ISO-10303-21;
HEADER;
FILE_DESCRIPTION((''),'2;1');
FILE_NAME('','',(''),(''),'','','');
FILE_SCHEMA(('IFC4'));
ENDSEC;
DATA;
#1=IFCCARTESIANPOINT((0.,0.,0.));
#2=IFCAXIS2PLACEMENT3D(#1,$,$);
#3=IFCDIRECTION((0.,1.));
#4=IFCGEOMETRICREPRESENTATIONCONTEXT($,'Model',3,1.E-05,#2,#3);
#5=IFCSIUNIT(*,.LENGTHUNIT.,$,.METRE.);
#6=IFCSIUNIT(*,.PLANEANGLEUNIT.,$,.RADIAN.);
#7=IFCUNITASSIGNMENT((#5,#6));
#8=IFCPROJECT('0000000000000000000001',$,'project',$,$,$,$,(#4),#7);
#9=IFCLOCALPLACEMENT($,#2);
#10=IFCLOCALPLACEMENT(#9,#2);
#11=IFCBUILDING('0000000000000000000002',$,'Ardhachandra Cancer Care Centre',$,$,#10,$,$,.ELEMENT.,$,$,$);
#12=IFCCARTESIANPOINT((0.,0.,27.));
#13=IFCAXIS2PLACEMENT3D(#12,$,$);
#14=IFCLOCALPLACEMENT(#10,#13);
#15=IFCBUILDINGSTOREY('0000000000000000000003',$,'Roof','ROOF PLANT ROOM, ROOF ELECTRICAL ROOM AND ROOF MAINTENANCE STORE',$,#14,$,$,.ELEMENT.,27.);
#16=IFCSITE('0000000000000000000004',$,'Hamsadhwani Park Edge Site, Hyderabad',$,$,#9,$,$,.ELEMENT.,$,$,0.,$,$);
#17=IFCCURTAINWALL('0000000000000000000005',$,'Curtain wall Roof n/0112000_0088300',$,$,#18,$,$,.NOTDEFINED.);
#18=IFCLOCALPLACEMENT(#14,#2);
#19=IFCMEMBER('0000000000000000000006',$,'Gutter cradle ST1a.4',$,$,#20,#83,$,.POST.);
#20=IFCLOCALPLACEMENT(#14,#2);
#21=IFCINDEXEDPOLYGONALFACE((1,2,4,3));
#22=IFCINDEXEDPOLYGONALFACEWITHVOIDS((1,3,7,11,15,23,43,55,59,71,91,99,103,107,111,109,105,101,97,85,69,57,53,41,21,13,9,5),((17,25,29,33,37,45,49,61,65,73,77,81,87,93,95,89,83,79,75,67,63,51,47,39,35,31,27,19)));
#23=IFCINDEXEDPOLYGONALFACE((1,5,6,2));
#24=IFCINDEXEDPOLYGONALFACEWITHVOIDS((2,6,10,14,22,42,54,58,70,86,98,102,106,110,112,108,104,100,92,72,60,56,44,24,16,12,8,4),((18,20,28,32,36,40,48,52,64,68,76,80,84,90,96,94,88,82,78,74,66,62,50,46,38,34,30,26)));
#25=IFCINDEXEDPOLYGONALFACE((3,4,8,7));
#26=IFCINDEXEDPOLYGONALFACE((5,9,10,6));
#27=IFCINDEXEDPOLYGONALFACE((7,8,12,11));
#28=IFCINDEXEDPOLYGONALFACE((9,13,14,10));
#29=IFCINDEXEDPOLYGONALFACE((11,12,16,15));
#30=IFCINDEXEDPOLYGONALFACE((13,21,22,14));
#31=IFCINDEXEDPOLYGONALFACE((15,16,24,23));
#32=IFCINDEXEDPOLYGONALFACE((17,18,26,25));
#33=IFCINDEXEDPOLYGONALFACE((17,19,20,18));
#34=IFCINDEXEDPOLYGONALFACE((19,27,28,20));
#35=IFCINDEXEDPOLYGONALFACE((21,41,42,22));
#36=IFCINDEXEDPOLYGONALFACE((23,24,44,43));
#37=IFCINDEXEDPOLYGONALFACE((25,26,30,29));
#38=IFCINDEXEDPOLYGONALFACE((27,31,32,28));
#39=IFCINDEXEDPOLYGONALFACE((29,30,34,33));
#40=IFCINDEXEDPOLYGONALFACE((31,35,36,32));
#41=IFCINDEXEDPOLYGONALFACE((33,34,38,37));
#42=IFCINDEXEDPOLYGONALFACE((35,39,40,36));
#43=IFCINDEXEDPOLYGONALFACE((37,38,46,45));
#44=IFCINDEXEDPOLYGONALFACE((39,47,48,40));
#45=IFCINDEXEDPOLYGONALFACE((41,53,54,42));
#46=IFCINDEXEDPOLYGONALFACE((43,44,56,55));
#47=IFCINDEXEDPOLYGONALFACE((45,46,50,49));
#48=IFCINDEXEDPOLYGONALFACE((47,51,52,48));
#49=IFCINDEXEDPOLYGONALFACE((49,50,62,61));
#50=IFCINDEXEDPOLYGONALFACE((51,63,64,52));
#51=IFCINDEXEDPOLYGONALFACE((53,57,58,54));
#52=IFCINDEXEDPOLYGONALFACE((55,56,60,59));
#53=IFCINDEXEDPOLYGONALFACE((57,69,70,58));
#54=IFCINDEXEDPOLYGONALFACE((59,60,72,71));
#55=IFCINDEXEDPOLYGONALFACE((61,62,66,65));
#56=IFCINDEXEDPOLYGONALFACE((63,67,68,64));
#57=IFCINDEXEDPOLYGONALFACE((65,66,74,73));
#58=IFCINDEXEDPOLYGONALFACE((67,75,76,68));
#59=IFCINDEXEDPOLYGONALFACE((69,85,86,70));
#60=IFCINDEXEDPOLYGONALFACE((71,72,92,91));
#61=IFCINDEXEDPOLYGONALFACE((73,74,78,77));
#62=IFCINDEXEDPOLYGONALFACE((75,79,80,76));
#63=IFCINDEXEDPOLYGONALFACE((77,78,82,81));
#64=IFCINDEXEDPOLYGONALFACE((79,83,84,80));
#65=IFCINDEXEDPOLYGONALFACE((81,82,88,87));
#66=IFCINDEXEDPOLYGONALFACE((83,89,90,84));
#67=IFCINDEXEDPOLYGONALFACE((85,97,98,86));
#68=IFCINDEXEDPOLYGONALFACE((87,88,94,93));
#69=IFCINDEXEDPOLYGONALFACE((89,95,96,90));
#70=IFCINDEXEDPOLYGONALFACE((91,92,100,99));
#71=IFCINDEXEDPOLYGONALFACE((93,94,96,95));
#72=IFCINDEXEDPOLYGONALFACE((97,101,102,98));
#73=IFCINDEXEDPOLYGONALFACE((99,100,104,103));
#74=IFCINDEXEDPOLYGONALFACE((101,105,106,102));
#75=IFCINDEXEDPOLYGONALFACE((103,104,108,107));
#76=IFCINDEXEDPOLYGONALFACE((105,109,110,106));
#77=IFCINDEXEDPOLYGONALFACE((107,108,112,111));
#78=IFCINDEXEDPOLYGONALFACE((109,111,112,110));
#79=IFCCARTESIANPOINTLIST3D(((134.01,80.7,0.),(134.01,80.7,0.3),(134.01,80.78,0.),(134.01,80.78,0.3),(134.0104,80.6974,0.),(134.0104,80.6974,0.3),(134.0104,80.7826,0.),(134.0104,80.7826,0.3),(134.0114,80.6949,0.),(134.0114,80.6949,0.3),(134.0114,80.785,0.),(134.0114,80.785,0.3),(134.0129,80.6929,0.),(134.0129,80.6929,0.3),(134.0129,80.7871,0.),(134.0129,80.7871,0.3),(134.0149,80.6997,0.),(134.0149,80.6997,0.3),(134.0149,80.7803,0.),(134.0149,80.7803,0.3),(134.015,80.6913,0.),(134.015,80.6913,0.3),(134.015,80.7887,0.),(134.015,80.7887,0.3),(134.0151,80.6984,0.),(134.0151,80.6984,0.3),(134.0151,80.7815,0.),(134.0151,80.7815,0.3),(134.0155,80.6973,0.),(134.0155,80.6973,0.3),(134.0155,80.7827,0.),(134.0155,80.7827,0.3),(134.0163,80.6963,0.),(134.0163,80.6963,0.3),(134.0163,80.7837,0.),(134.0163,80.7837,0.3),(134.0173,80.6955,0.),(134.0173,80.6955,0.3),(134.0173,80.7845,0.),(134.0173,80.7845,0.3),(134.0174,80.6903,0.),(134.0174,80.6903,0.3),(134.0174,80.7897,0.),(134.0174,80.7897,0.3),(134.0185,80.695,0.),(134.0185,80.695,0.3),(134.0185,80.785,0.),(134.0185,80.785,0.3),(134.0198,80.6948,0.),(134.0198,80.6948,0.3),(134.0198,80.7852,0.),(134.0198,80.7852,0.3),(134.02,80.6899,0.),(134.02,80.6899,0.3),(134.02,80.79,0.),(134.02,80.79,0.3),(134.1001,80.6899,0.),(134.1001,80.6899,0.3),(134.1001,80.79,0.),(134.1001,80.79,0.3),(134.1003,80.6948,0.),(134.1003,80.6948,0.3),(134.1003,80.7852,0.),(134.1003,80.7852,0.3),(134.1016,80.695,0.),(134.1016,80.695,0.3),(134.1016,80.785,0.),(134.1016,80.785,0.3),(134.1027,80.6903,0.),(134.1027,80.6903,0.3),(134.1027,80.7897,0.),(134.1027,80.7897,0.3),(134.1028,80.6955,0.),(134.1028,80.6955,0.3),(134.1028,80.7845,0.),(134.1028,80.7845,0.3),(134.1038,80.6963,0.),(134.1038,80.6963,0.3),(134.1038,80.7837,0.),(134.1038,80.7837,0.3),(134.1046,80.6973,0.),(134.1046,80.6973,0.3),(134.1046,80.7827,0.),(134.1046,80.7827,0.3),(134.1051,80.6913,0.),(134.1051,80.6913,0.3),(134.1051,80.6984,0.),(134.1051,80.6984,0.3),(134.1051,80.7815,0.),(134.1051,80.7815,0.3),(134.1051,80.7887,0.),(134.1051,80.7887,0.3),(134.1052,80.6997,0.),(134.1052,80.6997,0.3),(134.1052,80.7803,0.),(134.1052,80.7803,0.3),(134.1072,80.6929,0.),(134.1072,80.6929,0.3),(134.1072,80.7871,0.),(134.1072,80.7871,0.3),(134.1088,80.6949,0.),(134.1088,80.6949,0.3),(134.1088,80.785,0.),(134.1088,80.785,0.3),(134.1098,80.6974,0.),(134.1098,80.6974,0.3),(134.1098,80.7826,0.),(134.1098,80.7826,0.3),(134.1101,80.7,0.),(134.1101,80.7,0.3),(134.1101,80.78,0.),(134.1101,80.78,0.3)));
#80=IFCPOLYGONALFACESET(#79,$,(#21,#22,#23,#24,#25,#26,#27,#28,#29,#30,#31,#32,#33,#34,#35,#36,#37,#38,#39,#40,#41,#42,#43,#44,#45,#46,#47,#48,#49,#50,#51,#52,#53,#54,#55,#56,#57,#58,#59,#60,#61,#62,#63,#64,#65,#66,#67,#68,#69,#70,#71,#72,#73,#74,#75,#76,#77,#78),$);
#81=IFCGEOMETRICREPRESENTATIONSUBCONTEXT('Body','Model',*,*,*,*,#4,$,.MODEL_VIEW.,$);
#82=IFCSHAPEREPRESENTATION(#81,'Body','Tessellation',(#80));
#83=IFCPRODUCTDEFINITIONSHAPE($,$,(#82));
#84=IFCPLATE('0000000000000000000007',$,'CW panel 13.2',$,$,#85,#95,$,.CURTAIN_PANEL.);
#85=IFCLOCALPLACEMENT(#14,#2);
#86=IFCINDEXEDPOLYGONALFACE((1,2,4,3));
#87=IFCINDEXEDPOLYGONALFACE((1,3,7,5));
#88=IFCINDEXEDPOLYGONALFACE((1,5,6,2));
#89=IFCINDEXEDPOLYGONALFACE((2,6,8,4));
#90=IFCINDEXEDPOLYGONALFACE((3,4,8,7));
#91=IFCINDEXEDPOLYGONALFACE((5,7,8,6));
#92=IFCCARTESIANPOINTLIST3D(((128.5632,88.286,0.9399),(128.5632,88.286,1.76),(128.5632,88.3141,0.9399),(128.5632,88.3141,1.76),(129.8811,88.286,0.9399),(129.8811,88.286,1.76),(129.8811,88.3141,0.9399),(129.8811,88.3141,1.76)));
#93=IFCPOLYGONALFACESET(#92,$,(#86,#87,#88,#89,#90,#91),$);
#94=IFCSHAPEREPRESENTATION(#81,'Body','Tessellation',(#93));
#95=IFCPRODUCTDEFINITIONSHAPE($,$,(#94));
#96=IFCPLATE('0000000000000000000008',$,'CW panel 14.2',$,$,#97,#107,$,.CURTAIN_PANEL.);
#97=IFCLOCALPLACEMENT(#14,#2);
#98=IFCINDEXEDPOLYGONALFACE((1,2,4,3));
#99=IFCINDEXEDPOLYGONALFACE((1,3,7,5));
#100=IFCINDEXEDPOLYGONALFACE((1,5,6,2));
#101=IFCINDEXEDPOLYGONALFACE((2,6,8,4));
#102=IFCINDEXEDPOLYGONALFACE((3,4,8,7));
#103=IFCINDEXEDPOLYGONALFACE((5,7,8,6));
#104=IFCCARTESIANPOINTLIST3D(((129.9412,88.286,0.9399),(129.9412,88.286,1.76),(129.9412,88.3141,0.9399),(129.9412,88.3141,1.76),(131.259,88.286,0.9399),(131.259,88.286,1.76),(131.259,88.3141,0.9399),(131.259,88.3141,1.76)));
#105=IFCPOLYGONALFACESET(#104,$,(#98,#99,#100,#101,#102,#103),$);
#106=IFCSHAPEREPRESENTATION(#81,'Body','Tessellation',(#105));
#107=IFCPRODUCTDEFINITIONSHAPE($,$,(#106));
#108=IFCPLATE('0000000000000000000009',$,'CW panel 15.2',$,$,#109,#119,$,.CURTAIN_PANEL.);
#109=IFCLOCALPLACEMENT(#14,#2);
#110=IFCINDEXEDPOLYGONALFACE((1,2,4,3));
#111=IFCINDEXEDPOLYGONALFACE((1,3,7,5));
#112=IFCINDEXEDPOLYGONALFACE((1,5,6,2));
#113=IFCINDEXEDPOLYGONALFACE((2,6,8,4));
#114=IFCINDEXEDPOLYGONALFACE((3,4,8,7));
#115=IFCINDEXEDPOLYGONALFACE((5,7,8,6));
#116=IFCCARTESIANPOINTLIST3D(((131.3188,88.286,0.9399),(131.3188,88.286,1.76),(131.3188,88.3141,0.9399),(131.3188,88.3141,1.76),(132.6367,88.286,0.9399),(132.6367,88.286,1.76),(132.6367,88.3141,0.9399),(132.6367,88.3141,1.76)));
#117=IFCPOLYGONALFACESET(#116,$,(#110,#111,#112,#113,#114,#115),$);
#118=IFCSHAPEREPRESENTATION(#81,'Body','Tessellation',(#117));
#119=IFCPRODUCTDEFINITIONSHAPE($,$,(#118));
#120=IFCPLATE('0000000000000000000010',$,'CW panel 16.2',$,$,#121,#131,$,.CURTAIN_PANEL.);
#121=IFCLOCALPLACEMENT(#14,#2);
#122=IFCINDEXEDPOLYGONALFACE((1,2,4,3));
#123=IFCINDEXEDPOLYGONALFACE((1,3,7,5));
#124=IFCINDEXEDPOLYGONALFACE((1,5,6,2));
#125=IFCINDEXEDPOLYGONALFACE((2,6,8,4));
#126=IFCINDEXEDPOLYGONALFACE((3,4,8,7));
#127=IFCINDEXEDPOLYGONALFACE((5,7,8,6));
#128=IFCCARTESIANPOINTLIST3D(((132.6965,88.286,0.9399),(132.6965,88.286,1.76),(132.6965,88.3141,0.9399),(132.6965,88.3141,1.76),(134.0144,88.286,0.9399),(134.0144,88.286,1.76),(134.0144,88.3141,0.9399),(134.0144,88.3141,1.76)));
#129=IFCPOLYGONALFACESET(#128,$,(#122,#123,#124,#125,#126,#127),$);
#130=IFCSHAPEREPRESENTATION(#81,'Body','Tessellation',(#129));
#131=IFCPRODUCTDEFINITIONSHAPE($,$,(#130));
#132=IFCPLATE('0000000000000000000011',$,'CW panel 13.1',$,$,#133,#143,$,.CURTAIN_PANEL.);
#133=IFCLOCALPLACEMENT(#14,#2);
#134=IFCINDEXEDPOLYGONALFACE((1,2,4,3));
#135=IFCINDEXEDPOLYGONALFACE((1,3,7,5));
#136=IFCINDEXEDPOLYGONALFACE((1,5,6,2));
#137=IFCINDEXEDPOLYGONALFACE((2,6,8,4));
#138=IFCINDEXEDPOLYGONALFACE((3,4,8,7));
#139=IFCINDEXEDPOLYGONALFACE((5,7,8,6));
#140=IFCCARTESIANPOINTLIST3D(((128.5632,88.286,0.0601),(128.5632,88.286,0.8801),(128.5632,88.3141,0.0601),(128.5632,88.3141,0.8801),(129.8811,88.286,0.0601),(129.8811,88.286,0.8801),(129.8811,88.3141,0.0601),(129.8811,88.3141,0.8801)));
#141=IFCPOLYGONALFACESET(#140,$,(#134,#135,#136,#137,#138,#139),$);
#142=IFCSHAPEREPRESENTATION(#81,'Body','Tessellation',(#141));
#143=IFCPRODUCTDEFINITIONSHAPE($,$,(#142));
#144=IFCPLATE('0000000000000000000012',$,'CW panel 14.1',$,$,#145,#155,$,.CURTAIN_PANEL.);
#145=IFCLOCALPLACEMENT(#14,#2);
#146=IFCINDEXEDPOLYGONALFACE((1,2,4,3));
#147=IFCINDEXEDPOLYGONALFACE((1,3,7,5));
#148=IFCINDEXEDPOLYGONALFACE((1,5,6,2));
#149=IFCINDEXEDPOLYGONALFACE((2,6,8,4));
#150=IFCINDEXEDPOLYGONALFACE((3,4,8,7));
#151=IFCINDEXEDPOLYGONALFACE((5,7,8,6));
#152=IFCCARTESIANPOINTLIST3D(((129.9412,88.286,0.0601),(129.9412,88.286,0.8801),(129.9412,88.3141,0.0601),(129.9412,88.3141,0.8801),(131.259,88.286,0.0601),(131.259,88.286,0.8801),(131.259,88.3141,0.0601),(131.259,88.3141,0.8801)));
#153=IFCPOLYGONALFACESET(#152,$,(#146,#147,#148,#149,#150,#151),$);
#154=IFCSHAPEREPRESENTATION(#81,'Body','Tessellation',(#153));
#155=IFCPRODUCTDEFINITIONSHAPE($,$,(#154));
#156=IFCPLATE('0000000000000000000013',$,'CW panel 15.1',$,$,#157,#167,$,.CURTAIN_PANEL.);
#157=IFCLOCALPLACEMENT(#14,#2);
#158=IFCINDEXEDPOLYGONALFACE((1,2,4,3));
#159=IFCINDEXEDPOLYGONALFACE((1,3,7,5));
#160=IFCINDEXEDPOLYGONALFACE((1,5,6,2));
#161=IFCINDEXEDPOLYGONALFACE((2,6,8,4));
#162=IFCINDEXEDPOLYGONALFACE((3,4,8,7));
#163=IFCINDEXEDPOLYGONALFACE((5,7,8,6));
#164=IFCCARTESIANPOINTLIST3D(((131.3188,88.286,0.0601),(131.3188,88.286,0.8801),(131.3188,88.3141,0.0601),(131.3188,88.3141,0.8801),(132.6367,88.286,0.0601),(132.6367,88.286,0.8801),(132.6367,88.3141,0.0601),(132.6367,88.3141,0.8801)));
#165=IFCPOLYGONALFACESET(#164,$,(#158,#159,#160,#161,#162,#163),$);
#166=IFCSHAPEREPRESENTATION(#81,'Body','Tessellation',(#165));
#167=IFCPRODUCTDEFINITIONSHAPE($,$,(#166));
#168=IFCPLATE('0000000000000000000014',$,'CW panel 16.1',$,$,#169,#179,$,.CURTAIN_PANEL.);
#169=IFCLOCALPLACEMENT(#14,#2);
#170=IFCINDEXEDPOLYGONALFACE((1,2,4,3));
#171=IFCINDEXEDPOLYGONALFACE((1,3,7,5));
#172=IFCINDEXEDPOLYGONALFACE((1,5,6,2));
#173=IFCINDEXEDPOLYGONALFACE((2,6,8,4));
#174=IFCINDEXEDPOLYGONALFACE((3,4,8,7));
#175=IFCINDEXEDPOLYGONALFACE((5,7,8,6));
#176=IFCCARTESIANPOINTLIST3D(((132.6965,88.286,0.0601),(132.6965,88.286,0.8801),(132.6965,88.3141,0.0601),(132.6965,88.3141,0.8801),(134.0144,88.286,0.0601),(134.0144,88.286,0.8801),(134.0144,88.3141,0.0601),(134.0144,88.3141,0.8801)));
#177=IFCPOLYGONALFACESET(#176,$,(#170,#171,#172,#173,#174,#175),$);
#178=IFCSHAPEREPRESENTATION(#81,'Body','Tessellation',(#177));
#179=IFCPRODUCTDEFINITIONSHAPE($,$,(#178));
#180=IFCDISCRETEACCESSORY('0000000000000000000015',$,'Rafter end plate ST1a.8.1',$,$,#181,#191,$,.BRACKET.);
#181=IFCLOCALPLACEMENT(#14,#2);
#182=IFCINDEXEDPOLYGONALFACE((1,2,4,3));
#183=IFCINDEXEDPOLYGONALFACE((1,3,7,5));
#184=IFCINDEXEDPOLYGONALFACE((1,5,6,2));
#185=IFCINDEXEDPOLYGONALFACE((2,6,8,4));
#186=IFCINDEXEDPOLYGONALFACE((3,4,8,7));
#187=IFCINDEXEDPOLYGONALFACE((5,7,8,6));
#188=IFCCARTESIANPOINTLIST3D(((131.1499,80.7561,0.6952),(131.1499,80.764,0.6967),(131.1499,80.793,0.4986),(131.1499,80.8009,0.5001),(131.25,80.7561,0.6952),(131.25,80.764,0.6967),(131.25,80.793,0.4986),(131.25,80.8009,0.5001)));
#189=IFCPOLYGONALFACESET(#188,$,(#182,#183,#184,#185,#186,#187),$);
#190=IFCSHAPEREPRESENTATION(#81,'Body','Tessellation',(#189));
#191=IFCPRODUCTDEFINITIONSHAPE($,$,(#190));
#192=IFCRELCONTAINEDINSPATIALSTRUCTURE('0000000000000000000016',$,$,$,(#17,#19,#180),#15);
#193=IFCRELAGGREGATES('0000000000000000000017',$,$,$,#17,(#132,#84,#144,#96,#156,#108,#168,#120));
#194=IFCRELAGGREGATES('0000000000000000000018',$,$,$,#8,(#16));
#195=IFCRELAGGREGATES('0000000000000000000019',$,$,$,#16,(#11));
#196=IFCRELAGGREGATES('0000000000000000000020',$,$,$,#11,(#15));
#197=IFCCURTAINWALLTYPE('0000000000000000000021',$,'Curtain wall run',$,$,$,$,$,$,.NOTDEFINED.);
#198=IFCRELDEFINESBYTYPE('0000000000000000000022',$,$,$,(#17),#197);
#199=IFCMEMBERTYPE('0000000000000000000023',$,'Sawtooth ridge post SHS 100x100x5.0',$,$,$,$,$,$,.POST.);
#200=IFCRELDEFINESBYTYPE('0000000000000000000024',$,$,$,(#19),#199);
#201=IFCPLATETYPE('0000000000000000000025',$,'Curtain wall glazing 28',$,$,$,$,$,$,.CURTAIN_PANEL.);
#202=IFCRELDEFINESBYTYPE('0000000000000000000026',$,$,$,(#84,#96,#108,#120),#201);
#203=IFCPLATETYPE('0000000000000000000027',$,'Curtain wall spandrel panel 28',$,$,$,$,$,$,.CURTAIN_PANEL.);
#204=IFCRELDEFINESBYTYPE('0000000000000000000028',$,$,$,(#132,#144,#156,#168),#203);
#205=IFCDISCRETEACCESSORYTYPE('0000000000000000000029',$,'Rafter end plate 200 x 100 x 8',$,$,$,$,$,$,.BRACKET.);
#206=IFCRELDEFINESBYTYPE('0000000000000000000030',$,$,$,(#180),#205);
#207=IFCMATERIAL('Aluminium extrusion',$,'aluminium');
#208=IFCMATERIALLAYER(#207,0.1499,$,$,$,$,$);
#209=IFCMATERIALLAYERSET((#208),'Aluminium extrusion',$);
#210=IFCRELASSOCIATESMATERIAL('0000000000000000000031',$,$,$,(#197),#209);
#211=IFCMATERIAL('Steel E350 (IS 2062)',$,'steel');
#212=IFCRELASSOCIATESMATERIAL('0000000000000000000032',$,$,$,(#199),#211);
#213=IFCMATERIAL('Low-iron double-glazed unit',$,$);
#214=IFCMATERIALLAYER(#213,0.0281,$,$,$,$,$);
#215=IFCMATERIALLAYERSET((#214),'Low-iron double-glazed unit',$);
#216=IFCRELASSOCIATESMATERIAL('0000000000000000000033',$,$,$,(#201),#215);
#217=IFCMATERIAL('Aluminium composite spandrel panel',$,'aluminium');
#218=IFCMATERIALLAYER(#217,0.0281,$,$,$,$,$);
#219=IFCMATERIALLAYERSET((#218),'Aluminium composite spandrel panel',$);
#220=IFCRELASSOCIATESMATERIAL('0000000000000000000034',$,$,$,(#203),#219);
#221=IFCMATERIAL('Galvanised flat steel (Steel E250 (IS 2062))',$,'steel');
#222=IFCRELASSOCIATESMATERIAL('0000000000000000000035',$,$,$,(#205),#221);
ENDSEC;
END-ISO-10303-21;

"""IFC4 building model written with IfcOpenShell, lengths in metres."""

from ifc_helpers import new_model, si_unit, direction, frame, origin, origin_2d, place, context, subcontext, project, spatial, rectangle, hollow_rectangle, extrude, material, layer, layer_set, material_profile, profile_set, type_object, element, aggregate, save


model = new_model("IFC4")

# Units and contexts
model_context = context("Model", 3, precision=1e-05, world=origin(), true_north=direction((0.0, 1.0)))
body_context = subcontext(model_context, "Body", "Model", "MODEL_VIEW")
ifc_project = project(units=[si_unit("LENGTHUNIT", "METRE"), si_unit("PLANEANGLEUNIT", "RADIAN")], contexts=[model_context])

# Site, building, storey
site_placement = place(None, origin())
site = spatial("IfcSite", under=ifc_project, at=site_placement, Name="Hamsadhwani Park Edge Site, Hyderabad", CompositionType="ELEMENT", RefElevation=0.0)
building_placement = place(site_placement, origin())
building = spatial("IfcBuilding", under=site, at=building_placement, Name="Ardhachandra Cancer Care Centre", CompositionType="ELEMENT")
storey_placement = place(building_placement, frame((0.0, 0.0, 27.0)))
storey = spatial("IfcBuildingStorey", under=building, at=storey_placement, Name="Roof", Description="ROOF PLANT ROOM, ROOF ELECTRICAL ROOM AND ROOF MAINTENANCE STORE", CompositionType="ELEMENT", Elevation=27.0)

# Curtain wall
ifc_material_1 = material(Name="Aluminium extrusion", Category="aluminium")
ifc_layer_1 = layer(ifc_material_1, 0.1499)
ifc_layer_set_1 = layer_set([ifc_layer_1], Name="Aluminium extrusion")
curtain_wall_type = type_object("IfcCurtainWallType", Name="Curtain wall run", PredefinedType="NOTDEFINED", material=ifc_layer_set_1)
curtain_wall_placement = place(storey_placement, origin())
curtain_wall = element("IfcCurtainWall", 1, at=curtain_wall_placement, inside=storey, type_object=curtain_wall_type, Name="Curtain wall Roof n/0112000_0088300", PredefinedType="NOTDEFINED")

# Member
ifc_material_2 = material(Name="Steel E350 (IS 2062)", Category="steel")
ifc_material_profile_1 = material_profile(ifc_material_2, hollow_rectangle(XDim=0.1001, YDim=0.1001, WallThickness=0.0049, InnerFilletRadius=0.0049, OuterFilletRadius=0.01, at=origin_2d()), Name="SHS 100x100x5.0")
ifc_profile_set_1 = profile_set([ifc_material_profile_1], Name="Steel E350 (IS 2062)")
member_type_1 = type_object("IfcMemberType", Name="Sawtooth ridge post SHS 100x100x5.0", PredefinedType="POST", material=ifc_profile_set_1)
member_1_placement = place(storey_placement, frame((134.0601, 80.74, 0.0), z_axis=(0.0, 0.0, 1.0), x_axis=(1.0, 0.0, 0.0)))
element("IfcMember", 2, at=member_1_placement, inside=storey, type_object=member_type_1, Name="Gutter cradle ST1a.4", PredefinedType="POST", context=body_context, shape_type="SweptSolid", body=[
    extrude(hollow_rectangle(XDim=0.1001, YDim=0.1001, WallThickness=0.0049, InnerFilletRadius=0.0049, OuterFilletRadius=0.01, at=origin_2d()), origin(), (0.0, 0.0, 1.0), 0.3),
])

# Plates
ifc_material_3 = material(Name="Low-iron double-glazed unit")
ifc_layer_2 = layer(ifc_material_3, 0.0281)
ifc_layer_set_2 = layer_set([ifc_layer_2], Name="Low-iron double-glazed unit")
plate_type_1 = type_object("IfcPlateType", Name="Curtain wall glazing 28", PredefinedType="CURTAIN_PANEL", material=ifc_layer_set_2)
plate_1_placement = place(storey_placement, frame((129.2222, 88.3, 0.9399), z_axis=(0.0, 0.0, 1.0), x_axis=(1.0, 0.0, 0.0)))
plate_1 = element("IfcPlate", 3, at=plate_1_placement, type_object=plate_type_1, Name="CW panel 13.2", PredefinedType="CURTAIN_PANEL", context=body_context, shape_type="SweptSolid", body=[
    extrude(rectangle(XDim=1.3179, YDim=0.0281, at=origin_2d()), origin(), (0.0, 0.0, 1.0), 0.8201),
])
plate_2_placement = place(storey_placement, frame((130.6001, 88.3, 0.9399), z_axis=(0.0, 0.0, 1.0), x_axis=(1.0, 0.0, 0.0)))
plate_2 = element("IfcPlate", 4, at=plate_2_placement, type_object=plate_type_1, Name="CW panel 14.2", PredefinedType="CURTAIN_PANEL", context=body_context, shape_type="SweptSolid", body=[
    extrude(rectangle(XDim=1.3179, YDim=0.0281, at=origin_2d()), origin(), (0.0, 0.0, 1.0), 0.8201),
])
plate_3_placement = place(storey_placement, frame((131.9778, 88.3, 0.9399), z_axis=(0.0, 0.0, 1.0), x_axis=(1.0, 0.0, 0.0)))
plate_3 = element("IfcPlate", 5, at=plate_3_placement, type_object=plate_type_1, Name="CW panel 15.2", PredefinedType="CURTAIN_PANEL", context=body_context, shape_type="SweptSolid", body=[
    extrude(rectangle(XDim=1.3179, YDim=0.0281, at=origin_2d()), origin(), (0.0, 0.0, 1.0), 0.8201),
])
plate_4_placement = place(storey_placement, frame((133.3555, 88.3, 0.9399), z_axis=(0.0, 0.0, 1.0), x_axis=(1.0, 0.0, 0.0)))
plate_4 = element("IfcPlate", 6, at=plate_4_placement, type_object=plate_type_1, Name="CW panel 16.2", PredefinedType="CURTAIN_PANEL", context=body_context, shape_type="SweptSolid", body=[
    extrude(rectangle(XDim=1.3179, YDim=0.0281, at=origin_2d()), origin(), (0.0, 0.0, 1.0), 0.8201),
])
ifc_material_4 = material(Name="Aluminium composite spandrel panel", Category="aluminium")
ifc_layer_3 = layer(ifc_material_4, 0.0281)
ifc_layer_set_3 = layer_set([ifc_layer_3], Name="Aluminium composite spandrel panel")
plate_type_2 = type_object("IfcPlateType", Name="Curtain wall spandrel panel 28", PredefinedType="CURTAIN_PANEL", material=ifc_layer_set_3)
plate_5_placement = place(storey_placement, frame((129.2222, 88.3, 0.0601), z_axis=(0.0, 0.0, 1.0), x_axis=(1.0, 0.0, 0.0)))
plate_5 = element("IfcPlate", 7, at=plate_5_placement, type_object=plate_type_2, Name="CW panel 13.1", PredefinedType="CURTAIN_PANEL", context=body_context, shape_type="SweptSolid", body=[
    extrude(rectangle(XDim=1.3179, YDim=0.0281, at=origin_2d()), origin(), (0.0, 0.0, 1.0), 0.8201),
])
plate_6_placement = place(storey_placement, frame((130.6001, 88.3, 0.0601), z_axis=(0.0, 0.0, 1.0), x_axis=(1.0, 0.0, 0.0)))
plate_6 = element("IfcPlate", 8, at=plate_6_placement, type_object=plate_type_2, Name="CW panel 14.1", PredefinedType="CURTAIN_PANEL", context=body_context, shape_type="SweptSolid", body=[
    extrude(rectangle(XDim=1.3179, YDim=0.0281, at=origin_2d()), origin(), (0.0, 0.0, 1.0), 0.8201),
])
plate_7_placement = place(storey_placement, frame((131.9778, 88.3, 0.0601), z_axis=(0.0, 0.0, 1.0), x_axis=(1.0, 0.0, 0.0)))
plate_7 = element("IfcPlate", 9, at=plate_7_placement, type_object=plate_type_2, Name="CW panel 15.1", PredefinedType="CURTAIN_PANEL", context=body_context, shape_type="SweptSolid", body=[
    extrude(rectangle(XDim=1.3179, YDim=0.0281, at=origin_2d()), origin(), (0.0, 0.0, 1.0), 0.8201),
])
plate_8_placement = place(storey_placement, frame((133.3555, 88.3, 0.0601), z_axis=(0.0, 0.0, 1.0), x_axis=(1.0, 0.0, 0.0)))
plate_8 = element("IfcPlate", 10, at=plate_8_placement, type_object=plate_type_2, Name="CW panel 16.1", PredefinedType="CURTAIN_PANEL", context=body_context, shape_type="SweptSolid", body=[
    extrude(rectangle(XDim=1.3179, YDim=0.0281, at=origin_2d()), origin(), (0.0, 0.0, 1.0), 0.8201),
])
aggregate(curtain_wall, [plate_5, plate_1, plate_6, plate_2, plate_7, plate_3, plate_8, plate_4])

# Discrete accessory
ifc_material_5 = material(Name="Galvanised flat steel (Steel E250 (IS 2062))", Category="steel")
ifc_material_profile_2 = material_profile(ifc_material_5, rectangle(XDim=0.1001, YDim=0.2, at=origin_2d()), Name="Rafter end plate 200 x 100 x 8")
ifc_profile_set_2 = profile_set([ifc_material_profile_2], Name="Galvanised flat steel (Steel E250 (IS 2062))")
discrete_accessory_type = type_object("IfcDiscreteAccessoryType", Name="Rafter end plate 200 x 100 x 8", PredefinedType="BRACKET", material=ifc_profile_set_2)
discrete_accessory_1_placement = place(storey_placement, frame((131.2, 80.7825, 0.5984), z_axis=(0.0, -0.982872, -0.184289), x_axis=(1.0, 0.0, 0.0)))
element("IfcDiscreteAccessory", 11, at=discrete_accessory_1_placement, inside=storey, type_object=discrete_accessory_type, Name="Rafter end plate ST1a.8.1", PredefinedType="BRACKET", context=body_context, shape_type="SweptSolid", body=[
    extrude(rectangle(XDim=0.1001, YDim=0.2, at=origin_2d()), origin(), (0.0, 0.0, 1.0), 0.0081),
])

save(model, "model.ifc")
